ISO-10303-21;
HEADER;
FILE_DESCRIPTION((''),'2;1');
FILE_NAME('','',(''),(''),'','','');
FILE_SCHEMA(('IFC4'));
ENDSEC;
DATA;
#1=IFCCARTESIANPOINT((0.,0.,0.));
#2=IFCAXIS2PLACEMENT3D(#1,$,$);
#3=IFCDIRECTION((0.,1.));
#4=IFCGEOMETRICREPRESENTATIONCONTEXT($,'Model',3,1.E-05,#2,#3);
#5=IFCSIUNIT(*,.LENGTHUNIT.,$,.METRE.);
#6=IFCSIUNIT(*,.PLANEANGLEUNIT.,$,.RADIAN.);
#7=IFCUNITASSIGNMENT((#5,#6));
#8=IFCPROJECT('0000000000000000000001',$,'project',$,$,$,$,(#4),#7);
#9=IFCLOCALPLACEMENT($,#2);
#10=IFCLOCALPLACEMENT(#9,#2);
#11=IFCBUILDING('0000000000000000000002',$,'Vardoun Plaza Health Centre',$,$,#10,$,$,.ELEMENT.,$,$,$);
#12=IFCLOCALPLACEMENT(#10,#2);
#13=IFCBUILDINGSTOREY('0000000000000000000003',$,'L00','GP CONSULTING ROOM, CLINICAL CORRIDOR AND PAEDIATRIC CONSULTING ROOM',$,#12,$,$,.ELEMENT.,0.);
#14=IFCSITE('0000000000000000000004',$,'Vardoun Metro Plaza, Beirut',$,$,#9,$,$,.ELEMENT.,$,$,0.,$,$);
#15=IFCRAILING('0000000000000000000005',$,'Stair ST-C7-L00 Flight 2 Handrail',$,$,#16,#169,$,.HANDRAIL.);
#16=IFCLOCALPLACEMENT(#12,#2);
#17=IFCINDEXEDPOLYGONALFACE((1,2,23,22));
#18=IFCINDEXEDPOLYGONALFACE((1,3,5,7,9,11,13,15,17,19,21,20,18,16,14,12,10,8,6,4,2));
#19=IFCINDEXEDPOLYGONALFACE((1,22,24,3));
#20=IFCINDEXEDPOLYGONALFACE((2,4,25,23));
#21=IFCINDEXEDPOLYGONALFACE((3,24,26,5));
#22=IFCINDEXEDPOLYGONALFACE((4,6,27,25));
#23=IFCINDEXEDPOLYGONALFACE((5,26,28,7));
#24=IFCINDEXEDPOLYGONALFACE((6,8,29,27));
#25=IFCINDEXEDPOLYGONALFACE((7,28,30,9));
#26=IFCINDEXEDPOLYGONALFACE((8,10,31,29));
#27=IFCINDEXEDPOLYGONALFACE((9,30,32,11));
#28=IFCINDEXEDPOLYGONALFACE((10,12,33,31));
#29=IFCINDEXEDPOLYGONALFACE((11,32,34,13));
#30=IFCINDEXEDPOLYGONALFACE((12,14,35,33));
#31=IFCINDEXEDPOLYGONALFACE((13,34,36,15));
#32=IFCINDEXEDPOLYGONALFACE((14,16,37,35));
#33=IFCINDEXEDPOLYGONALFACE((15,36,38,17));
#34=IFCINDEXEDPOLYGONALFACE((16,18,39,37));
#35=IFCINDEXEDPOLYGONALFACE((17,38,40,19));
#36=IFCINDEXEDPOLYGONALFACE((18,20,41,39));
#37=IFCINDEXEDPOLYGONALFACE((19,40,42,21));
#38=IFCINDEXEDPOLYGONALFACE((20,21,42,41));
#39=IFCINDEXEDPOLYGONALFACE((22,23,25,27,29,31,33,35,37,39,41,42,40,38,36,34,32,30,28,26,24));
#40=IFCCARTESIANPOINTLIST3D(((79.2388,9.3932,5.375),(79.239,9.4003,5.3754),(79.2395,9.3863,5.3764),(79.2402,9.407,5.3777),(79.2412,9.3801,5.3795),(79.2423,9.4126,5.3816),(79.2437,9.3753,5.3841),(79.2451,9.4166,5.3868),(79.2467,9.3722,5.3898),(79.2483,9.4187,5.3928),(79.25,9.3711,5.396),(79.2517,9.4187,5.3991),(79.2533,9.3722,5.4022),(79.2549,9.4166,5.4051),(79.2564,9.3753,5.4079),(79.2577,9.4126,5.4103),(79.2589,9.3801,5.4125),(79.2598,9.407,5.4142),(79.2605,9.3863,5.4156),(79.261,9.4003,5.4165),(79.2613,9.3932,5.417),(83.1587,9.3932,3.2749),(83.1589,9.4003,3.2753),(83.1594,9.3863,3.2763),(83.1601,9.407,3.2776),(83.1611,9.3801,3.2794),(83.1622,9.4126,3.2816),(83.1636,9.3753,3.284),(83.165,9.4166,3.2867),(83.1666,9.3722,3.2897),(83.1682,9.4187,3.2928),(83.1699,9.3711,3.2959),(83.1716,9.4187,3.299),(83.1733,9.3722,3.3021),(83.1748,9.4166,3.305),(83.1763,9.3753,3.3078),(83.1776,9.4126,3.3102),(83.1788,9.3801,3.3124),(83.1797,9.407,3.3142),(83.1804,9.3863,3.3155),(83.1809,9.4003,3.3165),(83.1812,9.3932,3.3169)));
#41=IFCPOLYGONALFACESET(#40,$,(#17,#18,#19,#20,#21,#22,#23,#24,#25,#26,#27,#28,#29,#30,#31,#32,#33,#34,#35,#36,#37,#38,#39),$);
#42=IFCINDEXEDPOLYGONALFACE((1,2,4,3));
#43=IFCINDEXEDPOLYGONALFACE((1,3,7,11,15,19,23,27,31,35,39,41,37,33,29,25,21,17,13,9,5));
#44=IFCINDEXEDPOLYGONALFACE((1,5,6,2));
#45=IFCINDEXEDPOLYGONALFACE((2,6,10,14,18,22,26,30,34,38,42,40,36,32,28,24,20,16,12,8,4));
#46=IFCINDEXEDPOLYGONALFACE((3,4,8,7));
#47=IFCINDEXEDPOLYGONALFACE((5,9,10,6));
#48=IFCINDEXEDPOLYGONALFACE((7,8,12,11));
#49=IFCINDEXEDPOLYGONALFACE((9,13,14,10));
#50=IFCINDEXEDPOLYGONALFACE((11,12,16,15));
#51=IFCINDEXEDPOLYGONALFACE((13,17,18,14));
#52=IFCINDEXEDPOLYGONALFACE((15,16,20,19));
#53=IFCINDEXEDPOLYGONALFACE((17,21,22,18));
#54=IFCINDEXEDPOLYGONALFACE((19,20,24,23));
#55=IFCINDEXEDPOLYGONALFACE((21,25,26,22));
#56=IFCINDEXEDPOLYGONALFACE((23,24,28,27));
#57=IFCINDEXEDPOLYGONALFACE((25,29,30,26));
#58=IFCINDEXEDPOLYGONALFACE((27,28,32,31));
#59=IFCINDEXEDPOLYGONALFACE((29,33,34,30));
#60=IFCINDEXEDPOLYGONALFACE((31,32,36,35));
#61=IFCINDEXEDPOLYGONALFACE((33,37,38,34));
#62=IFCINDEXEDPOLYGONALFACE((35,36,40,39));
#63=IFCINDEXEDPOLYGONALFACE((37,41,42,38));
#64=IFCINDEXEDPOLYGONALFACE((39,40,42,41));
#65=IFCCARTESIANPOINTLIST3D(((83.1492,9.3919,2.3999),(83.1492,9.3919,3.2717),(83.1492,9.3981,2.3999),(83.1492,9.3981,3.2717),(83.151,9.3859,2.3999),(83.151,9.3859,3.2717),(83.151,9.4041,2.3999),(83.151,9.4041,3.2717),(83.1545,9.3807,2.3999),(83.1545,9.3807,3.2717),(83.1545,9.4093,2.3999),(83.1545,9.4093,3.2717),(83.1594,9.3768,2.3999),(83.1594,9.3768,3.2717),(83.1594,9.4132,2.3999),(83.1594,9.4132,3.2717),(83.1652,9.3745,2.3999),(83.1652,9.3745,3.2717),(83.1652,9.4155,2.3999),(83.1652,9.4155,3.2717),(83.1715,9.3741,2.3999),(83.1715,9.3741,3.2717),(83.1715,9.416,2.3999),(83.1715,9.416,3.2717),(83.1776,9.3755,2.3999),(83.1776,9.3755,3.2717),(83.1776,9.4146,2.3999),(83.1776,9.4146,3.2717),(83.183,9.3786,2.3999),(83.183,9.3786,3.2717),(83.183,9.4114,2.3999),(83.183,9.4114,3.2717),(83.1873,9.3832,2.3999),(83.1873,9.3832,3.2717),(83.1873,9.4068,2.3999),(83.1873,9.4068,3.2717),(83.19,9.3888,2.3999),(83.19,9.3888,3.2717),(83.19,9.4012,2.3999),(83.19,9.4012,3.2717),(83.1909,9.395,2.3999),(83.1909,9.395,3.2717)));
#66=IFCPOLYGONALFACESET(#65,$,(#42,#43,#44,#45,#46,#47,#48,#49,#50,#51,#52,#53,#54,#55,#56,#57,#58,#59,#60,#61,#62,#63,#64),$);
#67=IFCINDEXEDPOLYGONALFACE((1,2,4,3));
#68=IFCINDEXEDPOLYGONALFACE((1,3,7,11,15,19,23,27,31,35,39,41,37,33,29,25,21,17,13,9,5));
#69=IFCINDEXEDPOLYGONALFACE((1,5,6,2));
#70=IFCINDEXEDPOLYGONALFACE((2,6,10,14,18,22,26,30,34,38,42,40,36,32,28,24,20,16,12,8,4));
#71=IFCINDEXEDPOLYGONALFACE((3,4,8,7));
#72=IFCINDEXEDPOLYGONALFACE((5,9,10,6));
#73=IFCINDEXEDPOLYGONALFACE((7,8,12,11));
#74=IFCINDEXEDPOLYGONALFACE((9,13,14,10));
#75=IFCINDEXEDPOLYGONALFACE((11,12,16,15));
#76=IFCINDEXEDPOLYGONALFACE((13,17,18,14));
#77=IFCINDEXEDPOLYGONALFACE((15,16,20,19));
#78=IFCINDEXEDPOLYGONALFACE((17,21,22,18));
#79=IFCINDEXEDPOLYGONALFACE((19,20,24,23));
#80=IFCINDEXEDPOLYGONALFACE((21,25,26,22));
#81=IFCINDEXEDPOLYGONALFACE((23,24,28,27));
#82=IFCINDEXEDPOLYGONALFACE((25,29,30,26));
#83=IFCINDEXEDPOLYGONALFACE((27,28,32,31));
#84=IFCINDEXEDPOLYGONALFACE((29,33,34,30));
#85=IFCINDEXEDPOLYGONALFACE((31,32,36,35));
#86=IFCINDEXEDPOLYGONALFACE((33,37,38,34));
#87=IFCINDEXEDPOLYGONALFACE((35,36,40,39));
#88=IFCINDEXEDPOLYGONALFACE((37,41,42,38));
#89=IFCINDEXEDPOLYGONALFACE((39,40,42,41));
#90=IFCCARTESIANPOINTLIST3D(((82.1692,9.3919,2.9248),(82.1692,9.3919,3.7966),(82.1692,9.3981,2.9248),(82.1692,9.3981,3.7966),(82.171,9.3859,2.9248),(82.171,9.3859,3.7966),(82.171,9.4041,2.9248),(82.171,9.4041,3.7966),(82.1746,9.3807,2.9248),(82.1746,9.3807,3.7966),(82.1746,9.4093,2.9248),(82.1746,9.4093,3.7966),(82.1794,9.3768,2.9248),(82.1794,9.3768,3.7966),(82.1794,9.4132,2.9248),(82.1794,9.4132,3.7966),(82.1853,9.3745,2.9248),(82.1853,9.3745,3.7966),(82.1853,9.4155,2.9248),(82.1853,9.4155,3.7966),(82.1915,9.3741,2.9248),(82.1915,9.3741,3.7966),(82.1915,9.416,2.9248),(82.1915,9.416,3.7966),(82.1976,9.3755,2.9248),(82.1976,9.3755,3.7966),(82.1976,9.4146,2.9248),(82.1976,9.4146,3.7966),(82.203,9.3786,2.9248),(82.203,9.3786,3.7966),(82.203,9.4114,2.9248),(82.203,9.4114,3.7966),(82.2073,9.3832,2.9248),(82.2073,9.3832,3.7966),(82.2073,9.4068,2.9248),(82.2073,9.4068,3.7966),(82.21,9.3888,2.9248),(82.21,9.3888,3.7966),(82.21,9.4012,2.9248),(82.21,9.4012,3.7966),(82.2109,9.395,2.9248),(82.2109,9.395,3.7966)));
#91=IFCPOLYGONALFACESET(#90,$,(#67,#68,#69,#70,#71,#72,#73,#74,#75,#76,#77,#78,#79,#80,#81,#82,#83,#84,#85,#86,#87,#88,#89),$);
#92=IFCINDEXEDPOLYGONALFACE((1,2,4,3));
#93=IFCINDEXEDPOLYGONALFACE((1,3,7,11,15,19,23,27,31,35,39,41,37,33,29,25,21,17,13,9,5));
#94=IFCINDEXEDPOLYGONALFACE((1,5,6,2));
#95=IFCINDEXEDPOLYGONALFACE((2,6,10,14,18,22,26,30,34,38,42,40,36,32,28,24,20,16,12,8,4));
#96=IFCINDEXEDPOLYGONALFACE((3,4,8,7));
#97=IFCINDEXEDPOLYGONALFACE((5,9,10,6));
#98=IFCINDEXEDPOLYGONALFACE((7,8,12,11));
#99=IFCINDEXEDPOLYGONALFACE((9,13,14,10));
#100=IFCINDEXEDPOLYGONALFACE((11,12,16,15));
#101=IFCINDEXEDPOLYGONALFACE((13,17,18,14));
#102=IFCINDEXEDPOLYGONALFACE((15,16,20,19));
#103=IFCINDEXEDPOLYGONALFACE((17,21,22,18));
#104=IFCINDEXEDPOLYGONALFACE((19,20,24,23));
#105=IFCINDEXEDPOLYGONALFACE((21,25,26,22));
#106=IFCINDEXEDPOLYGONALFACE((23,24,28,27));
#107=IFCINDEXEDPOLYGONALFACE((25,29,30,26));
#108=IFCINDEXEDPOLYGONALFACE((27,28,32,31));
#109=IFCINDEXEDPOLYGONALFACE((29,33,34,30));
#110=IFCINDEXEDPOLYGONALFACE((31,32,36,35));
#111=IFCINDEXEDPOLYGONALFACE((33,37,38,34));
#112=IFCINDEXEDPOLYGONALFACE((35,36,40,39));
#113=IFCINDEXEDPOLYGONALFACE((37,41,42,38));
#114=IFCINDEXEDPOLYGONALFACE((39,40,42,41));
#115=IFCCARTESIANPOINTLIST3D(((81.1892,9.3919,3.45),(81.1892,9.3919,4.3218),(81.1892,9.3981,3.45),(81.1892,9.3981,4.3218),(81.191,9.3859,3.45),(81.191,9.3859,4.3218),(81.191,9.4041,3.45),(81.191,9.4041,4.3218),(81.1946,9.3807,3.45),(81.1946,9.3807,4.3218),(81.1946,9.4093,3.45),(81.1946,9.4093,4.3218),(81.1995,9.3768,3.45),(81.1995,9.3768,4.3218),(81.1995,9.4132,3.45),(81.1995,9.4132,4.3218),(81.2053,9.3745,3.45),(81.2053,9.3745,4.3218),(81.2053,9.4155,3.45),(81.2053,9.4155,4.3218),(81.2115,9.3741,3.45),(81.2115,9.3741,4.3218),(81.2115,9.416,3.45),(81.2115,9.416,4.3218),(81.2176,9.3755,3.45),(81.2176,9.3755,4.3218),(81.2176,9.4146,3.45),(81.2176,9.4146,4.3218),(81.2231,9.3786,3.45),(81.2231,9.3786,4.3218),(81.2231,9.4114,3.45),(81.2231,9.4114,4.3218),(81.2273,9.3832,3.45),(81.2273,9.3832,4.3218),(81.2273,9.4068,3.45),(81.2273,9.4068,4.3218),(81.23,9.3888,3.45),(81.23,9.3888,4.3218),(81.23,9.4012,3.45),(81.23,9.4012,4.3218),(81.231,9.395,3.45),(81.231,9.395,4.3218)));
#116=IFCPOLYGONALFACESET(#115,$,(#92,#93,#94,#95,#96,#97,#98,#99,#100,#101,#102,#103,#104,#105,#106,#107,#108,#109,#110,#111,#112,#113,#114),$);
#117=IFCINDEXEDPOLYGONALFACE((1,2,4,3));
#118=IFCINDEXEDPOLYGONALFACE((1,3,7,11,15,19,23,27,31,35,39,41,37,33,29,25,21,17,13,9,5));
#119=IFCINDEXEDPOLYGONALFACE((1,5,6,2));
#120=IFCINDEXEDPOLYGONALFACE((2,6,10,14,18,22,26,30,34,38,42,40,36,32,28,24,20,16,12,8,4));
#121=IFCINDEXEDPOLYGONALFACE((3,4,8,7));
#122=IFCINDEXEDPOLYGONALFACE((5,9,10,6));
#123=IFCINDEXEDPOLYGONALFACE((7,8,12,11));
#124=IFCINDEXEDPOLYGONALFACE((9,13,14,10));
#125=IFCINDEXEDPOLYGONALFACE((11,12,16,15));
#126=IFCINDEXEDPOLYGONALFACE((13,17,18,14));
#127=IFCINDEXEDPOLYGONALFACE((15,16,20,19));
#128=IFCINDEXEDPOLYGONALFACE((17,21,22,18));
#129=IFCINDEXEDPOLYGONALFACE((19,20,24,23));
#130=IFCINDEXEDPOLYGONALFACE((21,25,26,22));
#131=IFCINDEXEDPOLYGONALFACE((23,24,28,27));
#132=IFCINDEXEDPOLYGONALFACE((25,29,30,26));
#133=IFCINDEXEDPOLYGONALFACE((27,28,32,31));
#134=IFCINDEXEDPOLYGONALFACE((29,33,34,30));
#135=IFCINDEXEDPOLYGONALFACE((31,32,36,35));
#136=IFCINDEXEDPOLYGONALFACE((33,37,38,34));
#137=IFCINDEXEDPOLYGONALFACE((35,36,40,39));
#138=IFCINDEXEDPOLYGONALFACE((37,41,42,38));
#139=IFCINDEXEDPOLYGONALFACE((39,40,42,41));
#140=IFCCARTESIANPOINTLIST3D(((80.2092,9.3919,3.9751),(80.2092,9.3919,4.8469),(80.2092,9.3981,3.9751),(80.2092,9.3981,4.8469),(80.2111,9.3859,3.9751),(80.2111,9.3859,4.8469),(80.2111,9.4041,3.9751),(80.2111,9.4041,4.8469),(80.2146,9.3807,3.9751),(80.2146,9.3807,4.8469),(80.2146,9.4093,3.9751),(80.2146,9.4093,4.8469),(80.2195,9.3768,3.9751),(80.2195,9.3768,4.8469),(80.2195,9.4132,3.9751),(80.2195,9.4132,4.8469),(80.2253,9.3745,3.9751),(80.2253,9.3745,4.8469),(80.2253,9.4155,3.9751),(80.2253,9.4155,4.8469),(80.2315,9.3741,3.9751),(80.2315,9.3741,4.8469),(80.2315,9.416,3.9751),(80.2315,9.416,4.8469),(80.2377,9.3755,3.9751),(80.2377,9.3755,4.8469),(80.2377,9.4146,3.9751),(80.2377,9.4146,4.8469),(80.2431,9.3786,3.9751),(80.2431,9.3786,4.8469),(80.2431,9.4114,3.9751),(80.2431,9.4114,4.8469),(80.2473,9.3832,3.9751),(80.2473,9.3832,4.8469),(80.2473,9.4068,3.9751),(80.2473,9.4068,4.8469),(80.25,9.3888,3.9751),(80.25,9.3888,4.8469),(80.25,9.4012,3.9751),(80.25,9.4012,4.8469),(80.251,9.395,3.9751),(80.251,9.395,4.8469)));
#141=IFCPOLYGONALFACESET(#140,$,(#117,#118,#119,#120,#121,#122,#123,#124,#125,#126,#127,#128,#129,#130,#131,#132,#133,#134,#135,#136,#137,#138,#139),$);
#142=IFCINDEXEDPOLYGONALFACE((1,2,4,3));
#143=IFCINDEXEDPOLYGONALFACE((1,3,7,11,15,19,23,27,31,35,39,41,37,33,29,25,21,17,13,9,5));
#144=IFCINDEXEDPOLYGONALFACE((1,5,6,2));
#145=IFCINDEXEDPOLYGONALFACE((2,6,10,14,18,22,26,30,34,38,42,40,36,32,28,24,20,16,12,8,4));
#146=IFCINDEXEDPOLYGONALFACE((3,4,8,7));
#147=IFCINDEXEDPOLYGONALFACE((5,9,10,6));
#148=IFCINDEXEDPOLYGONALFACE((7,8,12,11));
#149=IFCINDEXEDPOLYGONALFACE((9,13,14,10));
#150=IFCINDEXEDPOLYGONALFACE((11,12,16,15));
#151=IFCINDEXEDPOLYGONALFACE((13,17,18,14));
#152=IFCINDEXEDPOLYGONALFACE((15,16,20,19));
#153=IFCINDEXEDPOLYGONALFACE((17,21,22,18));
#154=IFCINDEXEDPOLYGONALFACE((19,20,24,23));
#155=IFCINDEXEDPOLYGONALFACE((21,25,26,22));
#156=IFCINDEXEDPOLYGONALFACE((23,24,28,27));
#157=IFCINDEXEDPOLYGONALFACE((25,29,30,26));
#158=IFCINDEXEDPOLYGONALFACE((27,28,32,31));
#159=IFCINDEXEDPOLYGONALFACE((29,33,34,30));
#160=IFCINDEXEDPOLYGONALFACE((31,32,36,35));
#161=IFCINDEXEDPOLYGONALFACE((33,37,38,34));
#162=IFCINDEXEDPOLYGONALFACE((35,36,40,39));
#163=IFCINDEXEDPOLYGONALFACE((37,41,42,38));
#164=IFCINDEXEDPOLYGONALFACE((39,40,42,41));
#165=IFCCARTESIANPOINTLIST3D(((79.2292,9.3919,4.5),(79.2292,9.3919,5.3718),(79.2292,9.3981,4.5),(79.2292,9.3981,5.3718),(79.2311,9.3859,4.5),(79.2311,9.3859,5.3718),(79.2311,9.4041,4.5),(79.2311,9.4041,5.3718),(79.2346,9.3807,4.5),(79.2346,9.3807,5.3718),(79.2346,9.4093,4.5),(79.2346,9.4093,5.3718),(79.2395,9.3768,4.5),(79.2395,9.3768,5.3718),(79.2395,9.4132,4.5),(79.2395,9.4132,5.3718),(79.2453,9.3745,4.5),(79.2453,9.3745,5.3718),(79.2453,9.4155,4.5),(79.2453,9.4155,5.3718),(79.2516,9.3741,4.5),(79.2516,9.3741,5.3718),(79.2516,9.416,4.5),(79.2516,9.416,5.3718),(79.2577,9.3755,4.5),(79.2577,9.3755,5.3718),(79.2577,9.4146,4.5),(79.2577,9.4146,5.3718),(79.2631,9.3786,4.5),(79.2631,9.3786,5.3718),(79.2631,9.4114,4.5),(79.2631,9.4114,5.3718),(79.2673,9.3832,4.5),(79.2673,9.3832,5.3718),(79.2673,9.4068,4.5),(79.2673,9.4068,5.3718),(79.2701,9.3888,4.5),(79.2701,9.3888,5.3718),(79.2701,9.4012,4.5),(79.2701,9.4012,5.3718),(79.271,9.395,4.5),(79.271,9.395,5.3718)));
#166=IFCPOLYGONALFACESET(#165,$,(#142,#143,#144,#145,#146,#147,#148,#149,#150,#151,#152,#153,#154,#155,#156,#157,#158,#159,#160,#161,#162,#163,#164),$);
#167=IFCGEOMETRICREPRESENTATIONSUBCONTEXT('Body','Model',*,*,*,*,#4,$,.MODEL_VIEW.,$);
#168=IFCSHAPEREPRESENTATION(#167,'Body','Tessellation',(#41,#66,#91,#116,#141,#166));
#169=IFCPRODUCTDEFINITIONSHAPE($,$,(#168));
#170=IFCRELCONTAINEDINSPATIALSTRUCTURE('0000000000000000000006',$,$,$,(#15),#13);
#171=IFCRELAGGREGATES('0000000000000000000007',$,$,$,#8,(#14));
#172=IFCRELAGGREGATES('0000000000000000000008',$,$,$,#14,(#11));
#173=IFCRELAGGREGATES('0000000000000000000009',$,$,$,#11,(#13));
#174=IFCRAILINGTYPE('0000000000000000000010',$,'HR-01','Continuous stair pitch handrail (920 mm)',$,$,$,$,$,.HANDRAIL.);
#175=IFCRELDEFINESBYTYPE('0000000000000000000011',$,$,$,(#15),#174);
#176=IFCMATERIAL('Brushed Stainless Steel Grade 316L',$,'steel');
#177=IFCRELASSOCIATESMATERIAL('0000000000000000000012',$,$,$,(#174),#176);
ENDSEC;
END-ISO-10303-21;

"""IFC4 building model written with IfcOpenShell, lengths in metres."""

from ifc_helpers import new_model, si_unit, direction, frame, origin, origin_2d, place, context, subcontext, project, spatial, circle, extrude, material, type_object, element, save


model = new_model("IFC4")

# Units and contexts
model_context = context("Model", 3, precision=1e-05, world=origin(), true_north=direction((0.0, 1.0)))
body_context = subcontext(model_context, "Body", "Model", "MODEL_VIEW")
ifc_project = project(units=[si_unit("LENGTHUNIT", "METRE"), si_unit("PLANEANGLEUNIT", "RADIAN")], contexts=[model_context])

# Site, building, storey
site_placement = place(None, origin())
site = spatial("IfcSite", under=ifc_project, at=site_placement, Name="Vardoun Metro Plaza, Beirut", CompositionType="ELEMENT", RefElevation=0.0)
building_placement = place(site_placement, origin())
building = spatial("IfcBuilding", under=site, at=building_placement, Name="Vardoun Plaza Health Centre", CompositionType="ELEMENT")
storey_placement = place(building_placement, origin())
storey = spatial("IfcBuildingStorey", under=building, at=storey_placement, Name="L00", Description="GP CONSULTING ROOM, CLINICAL CORRIDOR AND PAEDIATRIC CONSULTING ROOM", CompositionType="ELEMENT", Elevation=0.0)

# Railing
ifc_material_1 = material(Name="Brushed Stainless Steel Grade 316L", Category="steel")
railing_type_1 = type_object("IfcRailingType", Name="HR-01", Description="Continuous stair pitch handrail (920 mm)", PredefinedType="HANDRAIL", material=ifc_material_1)
railing_1_placement = place(storey_placement, frame((83.1699, 9.395, 2.3999)))
element("IfcRailing", 1, at=railing_1_placement, inside=storey, type_object=railing_type_1, Name="Stair ST-C7-L00 Flight 2 Handrail", PredefinedType="HANDRAIL", context=body_context, shape_type="SweptSolid", body=[
    extrude(circle(Radius=0.0239, at=origin_2d()), frame((0.0, 0.0, 0.896), z_axis=(-0.881467, 0.0, 0.472246), x_axis=(0.0, -1.0, 0.0)), (0.0, 0.0, 1.0), 4.447),
    extrude(circle(Radius=0.021, at=origin_2d()), origin(), (0.0, 0.0, 1.0), 0.8718),
    extrude(circle(Radius=0.021, at=origin_2d()), frame((-0.98, 0.0, 0.5249)), (0.0, 0.0, 1.0), 0.8718),
    extrude(circle(Radius=0.021, at=origin_2d()), frame((-1.96, 0.0, 1.05)), (0.0, 0.0, 1.0), 0.8718),
    extrude(circle(Radius=0.021, at=origin_2d()), frame((-2.9399, 0.0, 1.5752)), (0.0, 0.0, 1.0), 0.8718),
    extrude(circle(Radius=0.021, at=origin_2d()), frame((-3.9199, 0.0, 2.1001)), (0.0, 0.0, 1.0), 0.8718),
])

save(model, "model.ifc")
